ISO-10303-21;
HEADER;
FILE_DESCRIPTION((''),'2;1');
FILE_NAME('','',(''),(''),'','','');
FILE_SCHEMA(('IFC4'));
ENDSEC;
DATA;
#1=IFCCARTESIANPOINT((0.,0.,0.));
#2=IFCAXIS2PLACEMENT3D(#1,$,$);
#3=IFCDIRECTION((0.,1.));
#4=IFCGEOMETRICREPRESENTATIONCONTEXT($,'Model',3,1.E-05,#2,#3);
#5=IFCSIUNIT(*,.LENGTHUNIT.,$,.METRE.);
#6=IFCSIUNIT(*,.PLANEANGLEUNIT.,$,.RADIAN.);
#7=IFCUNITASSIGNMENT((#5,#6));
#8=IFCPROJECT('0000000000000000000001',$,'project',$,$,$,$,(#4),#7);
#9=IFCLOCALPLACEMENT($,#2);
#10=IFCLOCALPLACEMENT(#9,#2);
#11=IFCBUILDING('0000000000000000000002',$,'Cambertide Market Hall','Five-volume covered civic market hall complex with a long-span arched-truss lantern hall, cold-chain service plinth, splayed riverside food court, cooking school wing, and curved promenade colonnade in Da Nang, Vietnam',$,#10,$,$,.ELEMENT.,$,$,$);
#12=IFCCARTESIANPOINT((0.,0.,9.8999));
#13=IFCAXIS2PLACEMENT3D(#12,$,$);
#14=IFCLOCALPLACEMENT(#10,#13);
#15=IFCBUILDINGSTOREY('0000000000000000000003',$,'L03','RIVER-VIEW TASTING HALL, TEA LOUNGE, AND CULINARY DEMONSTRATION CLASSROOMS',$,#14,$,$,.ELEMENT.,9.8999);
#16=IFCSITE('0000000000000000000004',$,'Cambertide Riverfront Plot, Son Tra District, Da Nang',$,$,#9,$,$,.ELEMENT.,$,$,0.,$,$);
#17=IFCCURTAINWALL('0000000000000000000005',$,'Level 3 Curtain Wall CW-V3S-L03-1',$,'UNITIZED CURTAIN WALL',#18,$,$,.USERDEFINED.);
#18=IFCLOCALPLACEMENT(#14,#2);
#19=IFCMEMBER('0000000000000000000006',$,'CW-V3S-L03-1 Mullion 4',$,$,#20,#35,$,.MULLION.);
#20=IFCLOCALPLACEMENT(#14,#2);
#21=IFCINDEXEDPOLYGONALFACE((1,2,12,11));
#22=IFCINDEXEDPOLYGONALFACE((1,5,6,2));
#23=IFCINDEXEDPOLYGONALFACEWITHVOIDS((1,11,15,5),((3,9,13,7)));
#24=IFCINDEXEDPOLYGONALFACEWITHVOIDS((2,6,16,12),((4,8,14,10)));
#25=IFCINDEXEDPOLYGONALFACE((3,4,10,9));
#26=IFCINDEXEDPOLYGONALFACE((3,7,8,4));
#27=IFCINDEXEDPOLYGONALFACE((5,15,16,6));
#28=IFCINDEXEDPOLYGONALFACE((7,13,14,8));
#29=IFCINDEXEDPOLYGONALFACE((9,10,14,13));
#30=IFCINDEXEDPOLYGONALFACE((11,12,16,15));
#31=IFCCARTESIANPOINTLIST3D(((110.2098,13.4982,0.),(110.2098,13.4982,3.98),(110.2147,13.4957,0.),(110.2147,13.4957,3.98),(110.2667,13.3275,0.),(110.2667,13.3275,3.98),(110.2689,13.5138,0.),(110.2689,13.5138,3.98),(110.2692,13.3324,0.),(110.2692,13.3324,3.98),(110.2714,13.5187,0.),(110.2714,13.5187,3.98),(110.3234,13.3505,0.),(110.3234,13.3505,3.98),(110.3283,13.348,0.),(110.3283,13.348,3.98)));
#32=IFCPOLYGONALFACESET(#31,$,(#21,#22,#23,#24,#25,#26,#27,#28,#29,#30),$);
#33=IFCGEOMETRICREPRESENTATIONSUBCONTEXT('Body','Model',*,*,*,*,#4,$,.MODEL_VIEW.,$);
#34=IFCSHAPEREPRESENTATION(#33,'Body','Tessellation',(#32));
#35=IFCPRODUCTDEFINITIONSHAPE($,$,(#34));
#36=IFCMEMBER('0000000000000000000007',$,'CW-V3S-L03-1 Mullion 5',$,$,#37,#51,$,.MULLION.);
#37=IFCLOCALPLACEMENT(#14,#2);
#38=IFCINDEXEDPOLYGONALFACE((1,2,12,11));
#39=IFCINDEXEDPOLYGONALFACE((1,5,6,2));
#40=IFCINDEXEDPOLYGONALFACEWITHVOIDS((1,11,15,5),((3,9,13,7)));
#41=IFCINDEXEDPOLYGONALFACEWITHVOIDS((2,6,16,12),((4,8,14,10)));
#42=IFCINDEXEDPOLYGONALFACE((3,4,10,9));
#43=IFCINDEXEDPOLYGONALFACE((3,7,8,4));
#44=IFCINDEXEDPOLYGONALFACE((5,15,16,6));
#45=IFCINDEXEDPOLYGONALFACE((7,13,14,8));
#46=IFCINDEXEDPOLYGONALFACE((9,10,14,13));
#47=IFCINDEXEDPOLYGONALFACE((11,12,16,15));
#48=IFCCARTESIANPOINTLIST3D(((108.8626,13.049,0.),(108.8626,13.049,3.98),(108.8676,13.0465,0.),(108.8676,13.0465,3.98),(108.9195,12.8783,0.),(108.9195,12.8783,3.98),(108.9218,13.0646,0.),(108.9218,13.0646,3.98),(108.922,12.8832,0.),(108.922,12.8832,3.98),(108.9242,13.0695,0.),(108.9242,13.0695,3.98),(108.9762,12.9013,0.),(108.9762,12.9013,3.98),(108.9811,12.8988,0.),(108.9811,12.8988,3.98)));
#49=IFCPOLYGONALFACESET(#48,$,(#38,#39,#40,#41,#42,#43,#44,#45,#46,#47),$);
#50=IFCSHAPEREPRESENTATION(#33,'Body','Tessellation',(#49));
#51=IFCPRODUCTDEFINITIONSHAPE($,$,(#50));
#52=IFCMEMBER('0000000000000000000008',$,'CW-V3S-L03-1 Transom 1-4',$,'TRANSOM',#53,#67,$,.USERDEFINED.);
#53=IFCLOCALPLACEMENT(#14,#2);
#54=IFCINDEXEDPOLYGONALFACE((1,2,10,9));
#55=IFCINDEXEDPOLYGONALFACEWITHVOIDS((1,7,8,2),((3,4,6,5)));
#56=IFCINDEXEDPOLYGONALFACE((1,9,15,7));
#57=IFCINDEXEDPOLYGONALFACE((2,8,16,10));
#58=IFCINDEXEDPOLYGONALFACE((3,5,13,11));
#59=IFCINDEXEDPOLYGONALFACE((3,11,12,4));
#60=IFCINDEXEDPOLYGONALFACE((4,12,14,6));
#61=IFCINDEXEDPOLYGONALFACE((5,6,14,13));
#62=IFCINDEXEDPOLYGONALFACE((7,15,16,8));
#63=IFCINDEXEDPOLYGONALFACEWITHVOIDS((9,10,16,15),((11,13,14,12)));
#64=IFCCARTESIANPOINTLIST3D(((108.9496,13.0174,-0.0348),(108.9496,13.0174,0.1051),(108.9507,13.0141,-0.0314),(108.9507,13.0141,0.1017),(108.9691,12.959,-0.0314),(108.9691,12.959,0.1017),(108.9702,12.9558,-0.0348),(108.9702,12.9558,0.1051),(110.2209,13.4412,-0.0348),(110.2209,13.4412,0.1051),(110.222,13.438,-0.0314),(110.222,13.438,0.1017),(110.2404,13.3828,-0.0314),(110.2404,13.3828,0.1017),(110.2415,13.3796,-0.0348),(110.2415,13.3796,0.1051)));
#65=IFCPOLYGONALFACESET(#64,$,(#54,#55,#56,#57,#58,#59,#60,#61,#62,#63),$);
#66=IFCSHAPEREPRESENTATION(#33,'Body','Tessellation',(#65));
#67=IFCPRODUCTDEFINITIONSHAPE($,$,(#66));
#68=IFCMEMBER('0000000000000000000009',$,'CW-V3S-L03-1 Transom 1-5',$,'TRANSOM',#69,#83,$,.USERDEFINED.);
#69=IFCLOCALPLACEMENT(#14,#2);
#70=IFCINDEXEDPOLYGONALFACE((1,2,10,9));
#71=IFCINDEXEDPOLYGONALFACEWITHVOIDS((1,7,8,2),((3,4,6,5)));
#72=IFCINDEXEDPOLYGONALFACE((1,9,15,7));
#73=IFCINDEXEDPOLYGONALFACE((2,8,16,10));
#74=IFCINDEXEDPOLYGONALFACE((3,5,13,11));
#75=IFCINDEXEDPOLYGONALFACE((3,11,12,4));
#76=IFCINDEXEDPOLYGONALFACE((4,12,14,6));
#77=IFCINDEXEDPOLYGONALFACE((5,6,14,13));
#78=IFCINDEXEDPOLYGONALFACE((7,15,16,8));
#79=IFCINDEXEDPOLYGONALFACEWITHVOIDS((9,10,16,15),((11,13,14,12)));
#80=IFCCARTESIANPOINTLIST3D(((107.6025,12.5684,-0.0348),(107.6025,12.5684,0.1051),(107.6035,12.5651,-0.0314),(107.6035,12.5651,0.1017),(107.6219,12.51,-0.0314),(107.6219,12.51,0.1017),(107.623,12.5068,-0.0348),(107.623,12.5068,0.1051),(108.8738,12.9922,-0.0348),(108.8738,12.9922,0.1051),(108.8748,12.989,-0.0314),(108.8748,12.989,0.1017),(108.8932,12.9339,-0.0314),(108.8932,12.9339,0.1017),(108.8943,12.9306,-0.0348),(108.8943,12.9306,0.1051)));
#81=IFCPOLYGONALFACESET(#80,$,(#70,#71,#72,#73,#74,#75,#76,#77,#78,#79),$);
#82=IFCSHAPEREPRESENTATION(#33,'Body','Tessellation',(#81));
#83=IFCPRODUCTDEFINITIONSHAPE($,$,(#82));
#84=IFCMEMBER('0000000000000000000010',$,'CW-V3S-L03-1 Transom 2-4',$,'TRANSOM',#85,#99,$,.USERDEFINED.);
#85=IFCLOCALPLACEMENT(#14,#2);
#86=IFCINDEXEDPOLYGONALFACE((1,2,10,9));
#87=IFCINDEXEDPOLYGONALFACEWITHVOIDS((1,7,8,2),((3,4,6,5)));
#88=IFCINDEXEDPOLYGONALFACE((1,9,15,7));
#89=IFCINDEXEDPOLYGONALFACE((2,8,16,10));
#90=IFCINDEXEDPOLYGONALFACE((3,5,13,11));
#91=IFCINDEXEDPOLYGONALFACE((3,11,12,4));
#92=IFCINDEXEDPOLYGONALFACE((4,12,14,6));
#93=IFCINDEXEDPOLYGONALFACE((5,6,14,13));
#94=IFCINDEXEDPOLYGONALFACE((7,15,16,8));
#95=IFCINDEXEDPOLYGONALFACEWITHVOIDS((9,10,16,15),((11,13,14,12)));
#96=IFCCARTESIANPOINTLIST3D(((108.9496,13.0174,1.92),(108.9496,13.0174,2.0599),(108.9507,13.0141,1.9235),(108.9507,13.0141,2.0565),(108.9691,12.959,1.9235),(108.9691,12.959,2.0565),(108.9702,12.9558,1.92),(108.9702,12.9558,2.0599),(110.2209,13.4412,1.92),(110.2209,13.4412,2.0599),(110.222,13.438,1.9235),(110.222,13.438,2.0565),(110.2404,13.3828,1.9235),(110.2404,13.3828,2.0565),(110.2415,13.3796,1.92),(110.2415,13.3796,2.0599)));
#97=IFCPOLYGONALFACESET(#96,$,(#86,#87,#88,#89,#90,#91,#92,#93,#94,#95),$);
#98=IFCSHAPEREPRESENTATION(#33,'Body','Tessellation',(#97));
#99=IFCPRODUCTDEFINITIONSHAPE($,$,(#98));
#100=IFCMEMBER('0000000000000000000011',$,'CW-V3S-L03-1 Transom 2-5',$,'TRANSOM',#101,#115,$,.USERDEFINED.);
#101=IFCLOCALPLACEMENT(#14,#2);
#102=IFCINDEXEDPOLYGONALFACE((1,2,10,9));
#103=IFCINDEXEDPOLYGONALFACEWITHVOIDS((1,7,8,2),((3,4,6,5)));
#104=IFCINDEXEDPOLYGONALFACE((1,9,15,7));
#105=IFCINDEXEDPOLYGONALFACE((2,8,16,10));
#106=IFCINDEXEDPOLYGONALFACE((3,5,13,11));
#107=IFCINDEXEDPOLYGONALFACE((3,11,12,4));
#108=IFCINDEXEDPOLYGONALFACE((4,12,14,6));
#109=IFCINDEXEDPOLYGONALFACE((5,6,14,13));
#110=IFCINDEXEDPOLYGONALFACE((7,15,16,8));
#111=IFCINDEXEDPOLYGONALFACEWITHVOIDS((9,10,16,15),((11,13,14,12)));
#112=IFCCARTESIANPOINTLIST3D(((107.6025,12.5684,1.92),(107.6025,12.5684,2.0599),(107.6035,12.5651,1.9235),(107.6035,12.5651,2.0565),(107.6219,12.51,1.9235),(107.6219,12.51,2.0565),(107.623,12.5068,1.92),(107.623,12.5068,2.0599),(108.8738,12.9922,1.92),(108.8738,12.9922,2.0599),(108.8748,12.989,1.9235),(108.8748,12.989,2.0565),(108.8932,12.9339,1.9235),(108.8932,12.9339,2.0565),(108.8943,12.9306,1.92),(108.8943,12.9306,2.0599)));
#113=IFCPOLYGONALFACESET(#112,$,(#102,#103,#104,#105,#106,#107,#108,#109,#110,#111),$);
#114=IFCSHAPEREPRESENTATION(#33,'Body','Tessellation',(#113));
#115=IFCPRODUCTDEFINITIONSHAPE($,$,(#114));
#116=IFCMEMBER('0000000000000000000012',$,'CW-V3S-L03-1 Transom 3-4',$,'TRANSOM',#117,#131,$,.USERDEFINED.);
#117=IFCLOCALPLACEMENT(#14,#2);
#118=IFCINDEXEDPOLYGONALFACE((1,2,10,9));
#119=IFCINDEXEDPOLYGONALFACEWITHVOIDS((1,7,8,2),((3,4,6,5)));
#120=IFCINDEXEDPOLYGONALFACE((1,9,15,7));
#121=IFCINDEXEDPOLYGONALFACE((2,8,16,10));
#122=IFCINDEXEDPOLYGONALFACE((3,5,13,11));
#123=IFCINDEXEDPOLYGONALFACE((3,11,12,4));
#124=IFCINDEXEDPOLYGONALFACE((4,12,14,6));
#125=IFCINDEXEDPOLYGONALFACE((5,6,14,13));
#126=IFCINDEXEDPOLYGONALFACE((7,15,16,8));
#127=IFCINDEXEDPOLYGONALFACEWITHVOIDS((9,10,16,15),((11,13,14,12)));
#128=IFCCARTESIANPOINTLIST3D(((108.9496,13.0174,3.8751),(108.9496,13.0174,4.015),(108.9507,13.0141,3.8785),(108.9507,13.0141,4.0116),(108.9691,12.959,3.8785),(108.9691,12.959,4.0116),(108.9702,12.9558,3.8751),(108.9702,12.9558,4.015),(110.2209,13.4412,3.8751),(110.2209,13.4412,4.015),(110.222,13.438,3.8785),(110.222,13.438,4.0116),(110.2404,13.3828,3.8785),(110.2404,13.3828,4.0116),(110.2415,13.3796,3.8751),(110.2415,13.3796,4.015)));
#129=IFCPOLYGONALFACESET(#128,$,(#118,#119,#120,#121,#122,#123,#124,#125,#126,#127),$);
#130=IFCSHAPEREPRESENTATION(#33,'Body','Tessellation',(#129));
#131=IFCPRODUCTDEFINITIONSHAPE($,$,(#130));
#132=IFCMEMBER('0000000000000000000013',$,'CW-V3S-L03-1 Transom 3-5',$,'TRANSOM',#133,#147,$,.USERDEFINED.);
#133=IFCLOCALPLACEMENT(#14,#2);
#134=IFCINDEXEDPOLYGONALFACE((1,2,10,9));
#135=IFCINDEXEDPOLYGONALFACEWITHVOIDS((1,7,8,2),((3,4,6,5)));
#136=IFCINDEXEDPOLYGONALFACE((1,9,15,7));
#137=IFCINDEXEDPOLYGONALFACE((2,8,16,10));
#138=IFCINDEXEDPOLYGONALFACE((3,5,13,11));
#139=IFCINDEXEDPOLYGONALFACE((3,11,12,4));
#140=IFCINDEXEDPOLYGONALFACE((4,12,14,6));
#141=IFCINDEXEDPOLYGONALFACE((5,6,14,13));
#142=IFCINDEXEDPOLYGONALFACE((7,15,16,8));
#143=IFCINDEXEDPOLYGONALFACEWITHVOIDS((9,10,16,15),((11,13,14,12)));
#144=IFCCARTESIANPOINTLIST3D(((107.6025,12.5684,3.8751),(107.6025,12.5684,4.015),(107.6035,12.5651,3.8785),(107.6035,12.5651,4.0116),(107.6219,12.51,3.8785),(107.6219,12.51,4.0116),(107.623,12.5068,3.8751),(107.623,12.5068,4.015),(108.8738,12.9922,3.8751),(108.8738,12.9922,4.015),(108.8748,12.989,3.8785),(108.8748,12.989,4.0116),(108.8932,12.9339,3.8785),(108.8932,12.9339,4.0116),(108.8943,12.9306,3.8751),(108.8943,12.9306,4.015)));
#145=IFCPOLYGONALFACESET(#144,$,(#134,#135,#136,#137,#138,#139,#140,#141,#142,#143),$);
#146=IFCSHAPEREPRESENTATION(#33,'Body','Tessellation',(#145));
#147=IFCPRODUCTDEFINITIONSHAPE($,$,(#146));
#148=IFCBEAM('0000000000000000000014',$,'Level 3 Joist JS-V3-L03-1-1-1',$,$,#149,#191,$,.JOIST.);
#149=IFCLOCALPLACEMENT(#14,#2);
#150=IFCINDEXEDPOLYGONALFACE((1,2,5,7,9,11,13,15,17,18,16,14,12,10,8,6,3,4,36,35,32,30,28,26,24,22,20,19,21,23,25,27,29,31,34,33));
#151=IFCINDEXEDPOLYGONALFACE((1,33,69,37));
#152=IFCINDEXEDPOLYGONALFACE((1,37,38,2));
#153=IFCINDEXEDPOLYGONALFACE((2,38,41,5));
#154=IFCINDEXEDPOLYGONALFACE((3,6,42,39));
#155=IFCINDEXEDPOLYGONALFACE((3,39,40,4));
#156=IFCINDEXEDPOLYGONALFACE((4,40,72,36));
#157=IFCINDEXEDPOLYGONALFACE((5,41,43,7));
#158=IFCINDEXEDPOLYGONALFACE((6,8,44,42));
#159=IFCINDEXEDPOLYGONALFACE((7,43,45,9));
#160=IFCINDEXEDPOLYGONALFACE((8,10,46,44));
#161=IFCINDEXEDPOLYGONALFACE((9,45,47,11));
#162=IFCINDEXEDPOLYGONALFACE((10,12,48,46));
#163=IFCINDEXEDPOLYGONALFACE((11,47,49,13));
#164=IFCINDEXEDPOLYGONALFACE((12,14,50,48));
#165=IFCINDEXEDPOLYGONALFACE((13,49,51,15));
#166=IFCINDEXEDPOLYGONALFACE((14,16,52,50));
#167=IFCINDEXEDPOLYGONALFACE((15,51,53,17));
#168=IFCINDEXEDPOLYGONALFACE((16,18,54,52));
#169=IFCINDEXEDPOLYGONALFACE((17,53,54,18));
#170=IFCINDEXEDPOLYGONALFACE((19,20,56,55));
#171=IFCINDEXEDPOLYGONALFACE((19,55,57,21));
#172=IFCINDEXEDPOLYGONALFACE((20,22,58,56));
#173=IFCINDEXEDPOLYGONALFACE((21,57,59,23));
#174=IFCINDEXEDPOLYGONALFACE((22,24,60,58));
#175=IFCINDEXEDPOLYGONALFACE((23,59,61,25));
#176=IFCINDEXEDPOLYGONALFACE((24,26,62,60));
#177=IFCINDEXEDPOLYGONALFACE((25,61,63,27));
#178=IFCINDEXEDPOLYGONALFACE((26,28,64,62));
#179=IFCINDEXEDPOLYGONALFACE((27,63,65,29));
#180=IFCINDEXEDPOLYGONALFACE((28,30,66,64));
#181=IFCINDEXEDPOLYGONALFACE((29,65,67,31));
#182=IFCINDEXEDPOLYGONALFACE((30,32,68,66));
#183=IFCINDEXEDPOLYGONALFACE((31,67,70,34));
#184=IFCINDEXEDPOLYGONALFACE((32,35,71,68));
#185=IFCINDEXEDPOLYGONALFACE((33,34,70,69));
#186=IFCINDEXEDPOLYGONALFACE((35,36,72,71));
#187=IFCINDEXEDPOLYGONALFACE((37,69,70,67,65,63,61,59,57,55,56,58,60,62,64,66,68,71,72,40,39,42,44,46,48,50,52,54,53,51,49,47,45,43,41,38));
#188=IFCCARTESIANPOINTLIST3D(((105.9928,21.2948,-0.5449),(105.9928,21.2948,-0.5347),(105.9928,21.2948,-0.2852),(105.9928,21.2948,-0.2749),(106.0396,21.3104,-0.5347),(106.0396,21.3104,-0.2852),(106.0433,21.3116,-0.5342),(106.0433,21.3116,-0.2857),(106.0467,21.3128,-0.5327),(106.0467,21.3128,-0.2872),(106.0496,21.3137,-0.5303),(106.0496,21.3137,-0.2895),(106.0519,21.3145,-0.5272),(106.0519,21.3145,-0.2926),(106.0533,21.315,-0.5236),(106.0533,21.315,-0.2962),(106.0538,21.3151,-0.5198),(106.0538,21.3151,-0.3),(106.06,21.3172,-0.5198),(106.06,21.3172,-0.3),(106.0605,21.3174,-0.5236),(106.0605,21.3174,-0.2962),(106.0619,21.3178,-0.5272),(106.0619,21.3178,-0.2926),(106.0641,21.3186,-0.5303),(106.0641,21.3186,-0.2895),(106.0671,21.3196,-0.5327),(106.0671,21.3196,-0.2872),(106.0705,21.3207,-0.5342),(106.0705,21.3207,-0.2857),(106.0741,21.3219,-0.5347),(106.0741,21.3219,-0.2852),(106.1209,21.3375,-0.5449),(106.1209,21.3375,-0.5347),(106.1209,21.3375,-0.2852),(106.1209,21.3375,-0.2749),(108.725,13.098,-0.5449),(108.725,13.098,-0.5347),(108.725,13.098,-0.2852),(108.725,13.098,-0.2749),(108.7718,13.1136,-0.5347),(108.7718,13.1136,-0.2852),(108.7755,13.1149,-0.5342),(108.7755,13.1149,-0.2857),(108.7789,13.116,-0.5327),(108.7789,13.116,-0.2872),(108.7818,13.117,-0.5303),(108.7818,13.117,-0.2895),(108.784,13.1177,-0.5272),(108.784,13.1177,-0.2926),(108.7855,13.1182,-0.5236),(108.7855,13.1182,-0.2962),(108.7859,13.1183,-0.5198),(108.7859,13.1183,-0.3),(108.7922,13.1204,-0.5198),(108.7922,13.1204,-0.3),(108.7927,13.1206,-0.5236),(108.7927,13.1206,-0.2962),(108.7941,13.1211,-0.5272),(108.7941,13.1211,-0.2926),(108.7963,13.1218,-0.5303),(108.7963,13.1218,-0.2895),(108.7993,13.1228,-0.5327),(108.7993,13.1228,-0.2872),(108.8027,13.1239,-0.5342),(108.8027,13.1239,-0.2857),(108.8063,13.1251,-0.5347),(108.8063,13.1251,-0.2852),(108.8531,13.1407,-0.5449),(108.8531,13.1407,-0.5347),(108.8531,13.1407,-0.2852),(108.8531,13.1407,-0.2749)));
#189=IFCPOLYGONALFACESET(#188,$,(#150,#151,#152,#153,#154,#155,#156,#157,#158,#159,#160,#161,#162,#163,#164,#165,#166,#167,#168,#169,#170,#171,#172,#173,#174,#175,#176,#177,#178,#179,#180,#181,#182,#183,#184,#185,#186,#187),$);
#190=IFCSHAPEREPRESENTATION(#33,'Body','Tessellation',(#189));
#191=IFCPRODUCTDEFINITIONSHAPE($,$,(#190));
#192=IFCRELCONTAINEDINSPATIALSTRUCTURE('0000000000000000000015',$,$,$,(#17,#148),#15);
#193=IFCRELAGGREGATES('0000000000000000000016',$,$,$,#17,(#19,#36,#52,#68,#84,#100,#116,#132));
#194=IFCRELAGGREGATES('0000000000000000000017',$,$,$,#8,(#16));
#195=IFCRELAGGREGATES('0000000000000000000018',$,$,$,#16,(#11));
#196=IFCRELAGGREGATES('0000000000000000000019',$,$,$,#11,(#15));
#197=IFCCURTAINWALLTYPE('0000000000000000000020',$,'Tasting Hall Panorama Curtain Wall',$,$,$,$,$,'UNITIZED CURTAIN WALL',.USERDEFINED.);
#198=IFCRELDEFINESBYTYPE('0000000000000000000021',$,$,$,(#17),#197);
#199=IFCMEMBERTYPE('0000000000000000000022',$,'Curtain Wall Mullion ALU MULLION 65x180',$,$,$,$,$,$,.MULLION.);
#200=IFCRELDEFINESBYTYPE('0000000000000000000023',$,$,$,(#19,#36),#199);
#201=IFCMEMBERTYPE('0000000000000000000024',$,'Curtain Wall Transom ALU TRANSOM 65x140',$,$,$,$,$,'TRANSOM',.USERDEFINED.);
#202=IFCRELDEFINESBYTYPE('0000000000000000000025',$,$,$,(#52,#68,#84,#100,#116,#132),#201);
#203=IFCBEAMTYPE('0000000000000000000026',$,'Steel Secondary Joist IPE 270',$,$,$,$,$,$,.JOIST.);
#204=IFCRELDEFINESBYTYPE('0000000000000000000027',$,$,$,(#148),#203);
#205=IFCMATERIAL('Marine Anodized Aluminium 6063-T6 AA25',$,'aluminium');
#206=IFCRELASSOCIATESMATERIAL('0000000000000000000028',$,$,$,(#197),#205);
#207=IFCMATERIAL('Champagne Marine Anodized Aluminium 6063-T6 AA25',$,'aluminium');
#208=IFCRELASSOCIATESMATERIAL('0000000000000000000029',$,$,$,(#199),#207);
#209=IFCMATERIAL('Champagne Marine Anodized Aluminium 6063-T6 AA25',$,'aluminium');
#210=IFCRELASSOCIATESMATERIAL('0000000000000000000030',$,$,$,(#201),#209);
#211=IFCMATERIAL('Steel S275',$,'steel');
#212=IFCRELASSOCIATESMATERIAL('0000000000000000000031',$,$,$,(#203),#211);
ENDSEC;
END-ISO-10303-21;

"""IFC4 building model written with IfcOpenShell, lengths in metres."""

from ifc_helpers import new_model, si_unit, direction, frame, origin, origin_2d, place, context, subcontext, project, spatial, hollow_rectangle, i_section, extrude, material, material_profile, profile_set, type_object, element, aggregate, save


model = new_model("IFC4")

# Units and contexts
model_context = context("Model", 3, precision=1e-05, world=origin(), true_north=direction((0.0, 1.0)))
body_context = subcontext(model_context, "Body", "Model", "MODEL_VIEW")
ifc_project = project(units=[si_unit("LENGTHUNIT", "METRE"), si_unit("PLANEANGLEUNIT", "RADIAN")], contexts=[model_context])

# Site, building, storey
site_placement = place(None, origin())
site = spatial("IfcSite", under=ifc_project, at=site_placement, Name="Cambertide Riverfront Plot, Son Tra District, Da Nang", CompositionType="ELEMENT", RefElevation=0.0)
building_placement = place(site_placement, origin())
building = spatial("IfcBuilding", under=site, at=building_placement, Name="Cambertide Market Hall", Description="Five-volume covered civic market hall complex with a long-span arched-truss lantern hall, cold-chain service plinth, splayed riverside food court, cooking school wing, and curved promenade colonnade in Da Nang, Vietnam", CompositionType="ELEMENT")
storey_placement = place(building_placement, frame((0.0, 0.0, 9.8999)))
storey = spatial("IfcBuildingStorey", under=building, at=storey_placement, Name="L03", Description="RIVER-VIEW TASTING HALL, TEA LOUNGE, AND CULINARY DEMONSTRATION CLASSROOMS", CompositionType="ELEMENT", Elevation=9.8999)

# Curtain wall, members
ifc_material_1 = material(Name="Marine Anodized Aluminium 6063-T6 AA25", Category="aluminium")
curtain_wall_type = type_object("IfcCurtainWallType", Name="Tasting Hall Panorama Curtain Wall", ElementType="UNITIZED CURTAIN WALL", PredefinedType="USERDEFINED", material=ifc_material_1)
curtain_wall_placement = place(storey_placement, origin())
curtain_wall = element("IfcCurtainWall", 1, at=curtain_wall_placement, inside=storey, type_object=curtain_wall_type, Name="Level 3 Curtain Wall CW-V3S-L03-1", ObjectType="UNITIZED CURTAIN WALL", PredefinedType="USERDEFINED")
ifc_material_2 = material(Name="Champagne Marine Anodized Aluminium 6063-T6 AA25", Category="aluminium")
ifc_material_profile_1 = material_profile(ifc_material_2, hollow_rectangle(XDim=0.0649, YDim=0.1799, WallThickness=0.0039, at=origin_2d()), Name="ALU MULLION 65x180")
ifc_profile_set_1 = profile_set([ifc_material_profile_1], Name="Champagne Marine Anodized Aluminium 6063-T6 AA25")
member_type_1 = type_object("IfcMemberType", Name="Curtain Wall Mullion ALU MULLION 65x180", PredefinedType="MULLION", material=ifc_profile_set_1)
member_1_placement = place(storey_placement, frame((110.269, 13.4231, 0.0), z_axis=(0.0, 0.0, 1.0), x_axis=(-0.948683, -0.316228, 0.0)))
member_1 = element("IfcMember", 2, at=member_1_placement, type_object=member_type_1, Name="CW-V3S-L03-1 Mullion 4", PredefinedType="MULLION", context=body_context, shape_type="SweptSolid", body=[
    extrude(hollow_rectangle(XDim=0.0649, YDim=0.1799, WallThickness=0.0039, at=origin_2d()), origin(), (0.0, 0.0, 1.0), 3.98),
])
member_2_placement = place(storey_placement, frame((108.9219, 12.9739, 0.0), z_axis=(0.0, 0.0, 1.0), x_axis=(-0.948683, -0.316228, 0.0)))
member_2 = element("IfcMember", 3, at=member_2_placement, type_object=member_type_1, Name="CW-V3S-L03-1 Mullion 5", PredefinedType="MULLION", context=body_context, shape_type="SweptSolid", body=[
    extrude(hollow_rectangle(XDim=0.0649, YDim=0.1799, WallThickness=0.0039, at=origin_2d()), origin(), (0.0, 0.0, 1.0), 3.98),
])
ifc_material_3 = material(Name="Champagne Marine Anodized Aluminium 6063-T6 AA25", Category="aluminium")
ifc_material_profile_2 = material_profile(ifc_material_3, hollow_rectangle(XDim=0.0649, YDim=0.1399, WallThickness=0.0034, at=origin_2d()), Name="ALU TRANSOM 65x140")
ifc_profile_set_2 = profile_set([ifc_material_profile_2], Name="Champagne Marine Anodized Aluminium 6063-T6 AA25")
member_type_2 = type_object("IfcMemberType", Name="Curtain Wall Transom ALU TRANSOM 65x140", ElementType="TRANSOM", PredefinedType="USERDEFINED", material=ifc_profile_set_2)
member_3_placement = place(storey_placement, frame((110.2312, 13.4104, 0.0352), z_axis=(-0.948665, -0.316282, 0.0), x_axis=(0.316282, -0.948665, 0.0)))
member_3 = element("IfcMember", 4, at=member_3_placement, type_object=member_type_2, Name="CW-V3S-L03-1 Transom 1-4", ObjectType="TRANSOM", PredefinedType="USERDEFINED", context=body_context, shape_type="SweptSolid", body=[
    extrude(hollow_rectangle(XDim=0.0649, YDim=0.1399, WallThickness=0.0034, at=origin_2d()), origin(), (0.0, 0.0, 1.0), 1.3401),
])
member_4_placement = place(storey_placement, frame((108.884, 12.9614, 0.0352), z_axis=(-0.948665, -0.316282, 0.0), x_axis=(0.316282, -0.948665, 0.0)))
member_4 = element("IfcMember", 5, at=member_4_placement, type_object=member_type_2, Name="CW-V3S-L03-1 Transom 1-5", ObjectType="TRANSOM", PredefinedType="USERDEFINED", context=body_context, shape_type="SweptSolid", body=[
    extrude(hollow_rectangle(XDim=0.0649, YDim=0.1399, WallThickness=0.0034, at=origin_2d()), origin(), (0.0, 0.0, 1.0), 1.3401),
])
member_5_placement = place(storey_placement, frame((110.2312, 13.4104, 1.99), z_axis=(-0.948665, -0.316282, 0.0), x_axis=(0.316282, -0.948665, 0.0)))
member_5 = element("IfcMember", 6, at=member_5_placement, type_object=member_type_2, Name="CW-V3S-L03-1 Transom 2-4", ObjectType="TRANSOM", PredefinedType="USERDEFINED", context=body_context, shape_type="SweptSolid", body=[
    extrude(hollow_rectangle(XDim=0.0649, YDim=0.1399, WallThickness=0.0034, at=origin_2d()), origin(), (0.0, 0.0, 1.0), 1.3401),
])
member_6_placement = place(storey_placement, frame((108.884, 12.9614, 1.99), z_axis=(-0.948665, -0.316282, 0.0), x_axis=(0.316282, -0.948665, 0.0)))
member_6 = element("IfcMember", 7, at=member_6_placement, type_object=member_type_2, Name="CW-V3S-L03-1 Transom 2-5", ObjectType="TRANSOM", PredefinedType="USERDEFINED", context=body_context, shape_type="SweptSolid", body=[
    extrude(hollow_rectangle(XDim=0.0649, YDim=0.1399, WallThickness=0.0034, at=origin_2d()), origin(), (0.0, 0.0, 1.0), 1.3401),
])
member_7_placement = place(storey_placement, frame((110.2312, 13.4104, 3.9451), z_axis=(-0.948665, -0.316282, 0.0), x_axis=(0.316282, -0.948665, 0.0)))
member_7 = element("IfcMember", 8, at=member_7_placement, type_object=member_type_2, Name="CW-V3S-L03-1 Transom 3-4", ObjectType="TRANSOM", PredefinedType="USERDEFINED", context=body_context, shape_type="SweptSolid", body=[
    extrude(hollow_rectangle(XDim=0.0649, YDim=0.1399, WallThickness=0.0034, at=origin_2d()), origin(), (0.0, 0.0, 1.0), 1.3401),
])
member_8_placement = place(storey_placement, frame((108.884, 12.9614, 3.9451), z_axis=(-0.948665, -0.316282, 0.0), x_axis=(0.316282, -0.948665, 0.0)))
member_8 = element("IfcMember", 9, at=member_8_placement, type_object=member_type_2, Name="CW-V3S-L03-1 Transom 3-5", ObjectType="TRANSOM", PredefinedType="USERDEFINED", context=body_context, shape_type="SweptSolid", body=[
    extrude(hollow_rectangle(XDim=0.0649, YDim=0.1399, WallThickness=0.0034, at=origin_2d()), origin(), (0.0, 0.0, 1.0), 1.3401),
])

# Beam
ifc_material_4 = material(Name="Steel S275", Category="steel")
ifc_material_profile_3 = material_profile(ifc_material_4, i_section(OverallWidth=0.135, OverallDepth=0.27, WebThickness=0.0066, FlangeThickness=0.0103, FilletRadius=0.0149, at=origin_2d()), Name="IPE 270")
ifc_profile_set_3 = profile_set([ifc_material_profile_3], Name="Steel S275")
beam_type = type_object("IfcBeamType", Name="Steel Secondary Joist IPE 270", PredefinedType="JOIST", material=ifc_profile_set_3)
beam_placement = place(storey_placement, frame((108.7891, 13.1194, -0.4099), z_axis=(-0.316219, 0.948686, 0.0), x_axis=(-0.948686, -0.316219, 0.0)))
element("IfcBeam", 10, at=beam_placement, inside=storey, type_object=beam_type, Name="Level 3 Joist JS-V3-L03-1-1-1", PredefinedType="JOIST", context=body_context, shape_type="SweptSolid", body=[
    extrude(i_section(OverallWidth=0.135, OverallDepth=0.27, WebThickness=0.0066, FlangeThickness=0.0103, FilletRadius=0.0149, at=origin_2d()), origin(), (0.0, 0.0, 1.0), 8.6401),
])

aggregate(curtain_wall, [member_1, member_2, member_3, member_4, member_5, member_6, member_7, member_8])

save(model, "model.ifc")
